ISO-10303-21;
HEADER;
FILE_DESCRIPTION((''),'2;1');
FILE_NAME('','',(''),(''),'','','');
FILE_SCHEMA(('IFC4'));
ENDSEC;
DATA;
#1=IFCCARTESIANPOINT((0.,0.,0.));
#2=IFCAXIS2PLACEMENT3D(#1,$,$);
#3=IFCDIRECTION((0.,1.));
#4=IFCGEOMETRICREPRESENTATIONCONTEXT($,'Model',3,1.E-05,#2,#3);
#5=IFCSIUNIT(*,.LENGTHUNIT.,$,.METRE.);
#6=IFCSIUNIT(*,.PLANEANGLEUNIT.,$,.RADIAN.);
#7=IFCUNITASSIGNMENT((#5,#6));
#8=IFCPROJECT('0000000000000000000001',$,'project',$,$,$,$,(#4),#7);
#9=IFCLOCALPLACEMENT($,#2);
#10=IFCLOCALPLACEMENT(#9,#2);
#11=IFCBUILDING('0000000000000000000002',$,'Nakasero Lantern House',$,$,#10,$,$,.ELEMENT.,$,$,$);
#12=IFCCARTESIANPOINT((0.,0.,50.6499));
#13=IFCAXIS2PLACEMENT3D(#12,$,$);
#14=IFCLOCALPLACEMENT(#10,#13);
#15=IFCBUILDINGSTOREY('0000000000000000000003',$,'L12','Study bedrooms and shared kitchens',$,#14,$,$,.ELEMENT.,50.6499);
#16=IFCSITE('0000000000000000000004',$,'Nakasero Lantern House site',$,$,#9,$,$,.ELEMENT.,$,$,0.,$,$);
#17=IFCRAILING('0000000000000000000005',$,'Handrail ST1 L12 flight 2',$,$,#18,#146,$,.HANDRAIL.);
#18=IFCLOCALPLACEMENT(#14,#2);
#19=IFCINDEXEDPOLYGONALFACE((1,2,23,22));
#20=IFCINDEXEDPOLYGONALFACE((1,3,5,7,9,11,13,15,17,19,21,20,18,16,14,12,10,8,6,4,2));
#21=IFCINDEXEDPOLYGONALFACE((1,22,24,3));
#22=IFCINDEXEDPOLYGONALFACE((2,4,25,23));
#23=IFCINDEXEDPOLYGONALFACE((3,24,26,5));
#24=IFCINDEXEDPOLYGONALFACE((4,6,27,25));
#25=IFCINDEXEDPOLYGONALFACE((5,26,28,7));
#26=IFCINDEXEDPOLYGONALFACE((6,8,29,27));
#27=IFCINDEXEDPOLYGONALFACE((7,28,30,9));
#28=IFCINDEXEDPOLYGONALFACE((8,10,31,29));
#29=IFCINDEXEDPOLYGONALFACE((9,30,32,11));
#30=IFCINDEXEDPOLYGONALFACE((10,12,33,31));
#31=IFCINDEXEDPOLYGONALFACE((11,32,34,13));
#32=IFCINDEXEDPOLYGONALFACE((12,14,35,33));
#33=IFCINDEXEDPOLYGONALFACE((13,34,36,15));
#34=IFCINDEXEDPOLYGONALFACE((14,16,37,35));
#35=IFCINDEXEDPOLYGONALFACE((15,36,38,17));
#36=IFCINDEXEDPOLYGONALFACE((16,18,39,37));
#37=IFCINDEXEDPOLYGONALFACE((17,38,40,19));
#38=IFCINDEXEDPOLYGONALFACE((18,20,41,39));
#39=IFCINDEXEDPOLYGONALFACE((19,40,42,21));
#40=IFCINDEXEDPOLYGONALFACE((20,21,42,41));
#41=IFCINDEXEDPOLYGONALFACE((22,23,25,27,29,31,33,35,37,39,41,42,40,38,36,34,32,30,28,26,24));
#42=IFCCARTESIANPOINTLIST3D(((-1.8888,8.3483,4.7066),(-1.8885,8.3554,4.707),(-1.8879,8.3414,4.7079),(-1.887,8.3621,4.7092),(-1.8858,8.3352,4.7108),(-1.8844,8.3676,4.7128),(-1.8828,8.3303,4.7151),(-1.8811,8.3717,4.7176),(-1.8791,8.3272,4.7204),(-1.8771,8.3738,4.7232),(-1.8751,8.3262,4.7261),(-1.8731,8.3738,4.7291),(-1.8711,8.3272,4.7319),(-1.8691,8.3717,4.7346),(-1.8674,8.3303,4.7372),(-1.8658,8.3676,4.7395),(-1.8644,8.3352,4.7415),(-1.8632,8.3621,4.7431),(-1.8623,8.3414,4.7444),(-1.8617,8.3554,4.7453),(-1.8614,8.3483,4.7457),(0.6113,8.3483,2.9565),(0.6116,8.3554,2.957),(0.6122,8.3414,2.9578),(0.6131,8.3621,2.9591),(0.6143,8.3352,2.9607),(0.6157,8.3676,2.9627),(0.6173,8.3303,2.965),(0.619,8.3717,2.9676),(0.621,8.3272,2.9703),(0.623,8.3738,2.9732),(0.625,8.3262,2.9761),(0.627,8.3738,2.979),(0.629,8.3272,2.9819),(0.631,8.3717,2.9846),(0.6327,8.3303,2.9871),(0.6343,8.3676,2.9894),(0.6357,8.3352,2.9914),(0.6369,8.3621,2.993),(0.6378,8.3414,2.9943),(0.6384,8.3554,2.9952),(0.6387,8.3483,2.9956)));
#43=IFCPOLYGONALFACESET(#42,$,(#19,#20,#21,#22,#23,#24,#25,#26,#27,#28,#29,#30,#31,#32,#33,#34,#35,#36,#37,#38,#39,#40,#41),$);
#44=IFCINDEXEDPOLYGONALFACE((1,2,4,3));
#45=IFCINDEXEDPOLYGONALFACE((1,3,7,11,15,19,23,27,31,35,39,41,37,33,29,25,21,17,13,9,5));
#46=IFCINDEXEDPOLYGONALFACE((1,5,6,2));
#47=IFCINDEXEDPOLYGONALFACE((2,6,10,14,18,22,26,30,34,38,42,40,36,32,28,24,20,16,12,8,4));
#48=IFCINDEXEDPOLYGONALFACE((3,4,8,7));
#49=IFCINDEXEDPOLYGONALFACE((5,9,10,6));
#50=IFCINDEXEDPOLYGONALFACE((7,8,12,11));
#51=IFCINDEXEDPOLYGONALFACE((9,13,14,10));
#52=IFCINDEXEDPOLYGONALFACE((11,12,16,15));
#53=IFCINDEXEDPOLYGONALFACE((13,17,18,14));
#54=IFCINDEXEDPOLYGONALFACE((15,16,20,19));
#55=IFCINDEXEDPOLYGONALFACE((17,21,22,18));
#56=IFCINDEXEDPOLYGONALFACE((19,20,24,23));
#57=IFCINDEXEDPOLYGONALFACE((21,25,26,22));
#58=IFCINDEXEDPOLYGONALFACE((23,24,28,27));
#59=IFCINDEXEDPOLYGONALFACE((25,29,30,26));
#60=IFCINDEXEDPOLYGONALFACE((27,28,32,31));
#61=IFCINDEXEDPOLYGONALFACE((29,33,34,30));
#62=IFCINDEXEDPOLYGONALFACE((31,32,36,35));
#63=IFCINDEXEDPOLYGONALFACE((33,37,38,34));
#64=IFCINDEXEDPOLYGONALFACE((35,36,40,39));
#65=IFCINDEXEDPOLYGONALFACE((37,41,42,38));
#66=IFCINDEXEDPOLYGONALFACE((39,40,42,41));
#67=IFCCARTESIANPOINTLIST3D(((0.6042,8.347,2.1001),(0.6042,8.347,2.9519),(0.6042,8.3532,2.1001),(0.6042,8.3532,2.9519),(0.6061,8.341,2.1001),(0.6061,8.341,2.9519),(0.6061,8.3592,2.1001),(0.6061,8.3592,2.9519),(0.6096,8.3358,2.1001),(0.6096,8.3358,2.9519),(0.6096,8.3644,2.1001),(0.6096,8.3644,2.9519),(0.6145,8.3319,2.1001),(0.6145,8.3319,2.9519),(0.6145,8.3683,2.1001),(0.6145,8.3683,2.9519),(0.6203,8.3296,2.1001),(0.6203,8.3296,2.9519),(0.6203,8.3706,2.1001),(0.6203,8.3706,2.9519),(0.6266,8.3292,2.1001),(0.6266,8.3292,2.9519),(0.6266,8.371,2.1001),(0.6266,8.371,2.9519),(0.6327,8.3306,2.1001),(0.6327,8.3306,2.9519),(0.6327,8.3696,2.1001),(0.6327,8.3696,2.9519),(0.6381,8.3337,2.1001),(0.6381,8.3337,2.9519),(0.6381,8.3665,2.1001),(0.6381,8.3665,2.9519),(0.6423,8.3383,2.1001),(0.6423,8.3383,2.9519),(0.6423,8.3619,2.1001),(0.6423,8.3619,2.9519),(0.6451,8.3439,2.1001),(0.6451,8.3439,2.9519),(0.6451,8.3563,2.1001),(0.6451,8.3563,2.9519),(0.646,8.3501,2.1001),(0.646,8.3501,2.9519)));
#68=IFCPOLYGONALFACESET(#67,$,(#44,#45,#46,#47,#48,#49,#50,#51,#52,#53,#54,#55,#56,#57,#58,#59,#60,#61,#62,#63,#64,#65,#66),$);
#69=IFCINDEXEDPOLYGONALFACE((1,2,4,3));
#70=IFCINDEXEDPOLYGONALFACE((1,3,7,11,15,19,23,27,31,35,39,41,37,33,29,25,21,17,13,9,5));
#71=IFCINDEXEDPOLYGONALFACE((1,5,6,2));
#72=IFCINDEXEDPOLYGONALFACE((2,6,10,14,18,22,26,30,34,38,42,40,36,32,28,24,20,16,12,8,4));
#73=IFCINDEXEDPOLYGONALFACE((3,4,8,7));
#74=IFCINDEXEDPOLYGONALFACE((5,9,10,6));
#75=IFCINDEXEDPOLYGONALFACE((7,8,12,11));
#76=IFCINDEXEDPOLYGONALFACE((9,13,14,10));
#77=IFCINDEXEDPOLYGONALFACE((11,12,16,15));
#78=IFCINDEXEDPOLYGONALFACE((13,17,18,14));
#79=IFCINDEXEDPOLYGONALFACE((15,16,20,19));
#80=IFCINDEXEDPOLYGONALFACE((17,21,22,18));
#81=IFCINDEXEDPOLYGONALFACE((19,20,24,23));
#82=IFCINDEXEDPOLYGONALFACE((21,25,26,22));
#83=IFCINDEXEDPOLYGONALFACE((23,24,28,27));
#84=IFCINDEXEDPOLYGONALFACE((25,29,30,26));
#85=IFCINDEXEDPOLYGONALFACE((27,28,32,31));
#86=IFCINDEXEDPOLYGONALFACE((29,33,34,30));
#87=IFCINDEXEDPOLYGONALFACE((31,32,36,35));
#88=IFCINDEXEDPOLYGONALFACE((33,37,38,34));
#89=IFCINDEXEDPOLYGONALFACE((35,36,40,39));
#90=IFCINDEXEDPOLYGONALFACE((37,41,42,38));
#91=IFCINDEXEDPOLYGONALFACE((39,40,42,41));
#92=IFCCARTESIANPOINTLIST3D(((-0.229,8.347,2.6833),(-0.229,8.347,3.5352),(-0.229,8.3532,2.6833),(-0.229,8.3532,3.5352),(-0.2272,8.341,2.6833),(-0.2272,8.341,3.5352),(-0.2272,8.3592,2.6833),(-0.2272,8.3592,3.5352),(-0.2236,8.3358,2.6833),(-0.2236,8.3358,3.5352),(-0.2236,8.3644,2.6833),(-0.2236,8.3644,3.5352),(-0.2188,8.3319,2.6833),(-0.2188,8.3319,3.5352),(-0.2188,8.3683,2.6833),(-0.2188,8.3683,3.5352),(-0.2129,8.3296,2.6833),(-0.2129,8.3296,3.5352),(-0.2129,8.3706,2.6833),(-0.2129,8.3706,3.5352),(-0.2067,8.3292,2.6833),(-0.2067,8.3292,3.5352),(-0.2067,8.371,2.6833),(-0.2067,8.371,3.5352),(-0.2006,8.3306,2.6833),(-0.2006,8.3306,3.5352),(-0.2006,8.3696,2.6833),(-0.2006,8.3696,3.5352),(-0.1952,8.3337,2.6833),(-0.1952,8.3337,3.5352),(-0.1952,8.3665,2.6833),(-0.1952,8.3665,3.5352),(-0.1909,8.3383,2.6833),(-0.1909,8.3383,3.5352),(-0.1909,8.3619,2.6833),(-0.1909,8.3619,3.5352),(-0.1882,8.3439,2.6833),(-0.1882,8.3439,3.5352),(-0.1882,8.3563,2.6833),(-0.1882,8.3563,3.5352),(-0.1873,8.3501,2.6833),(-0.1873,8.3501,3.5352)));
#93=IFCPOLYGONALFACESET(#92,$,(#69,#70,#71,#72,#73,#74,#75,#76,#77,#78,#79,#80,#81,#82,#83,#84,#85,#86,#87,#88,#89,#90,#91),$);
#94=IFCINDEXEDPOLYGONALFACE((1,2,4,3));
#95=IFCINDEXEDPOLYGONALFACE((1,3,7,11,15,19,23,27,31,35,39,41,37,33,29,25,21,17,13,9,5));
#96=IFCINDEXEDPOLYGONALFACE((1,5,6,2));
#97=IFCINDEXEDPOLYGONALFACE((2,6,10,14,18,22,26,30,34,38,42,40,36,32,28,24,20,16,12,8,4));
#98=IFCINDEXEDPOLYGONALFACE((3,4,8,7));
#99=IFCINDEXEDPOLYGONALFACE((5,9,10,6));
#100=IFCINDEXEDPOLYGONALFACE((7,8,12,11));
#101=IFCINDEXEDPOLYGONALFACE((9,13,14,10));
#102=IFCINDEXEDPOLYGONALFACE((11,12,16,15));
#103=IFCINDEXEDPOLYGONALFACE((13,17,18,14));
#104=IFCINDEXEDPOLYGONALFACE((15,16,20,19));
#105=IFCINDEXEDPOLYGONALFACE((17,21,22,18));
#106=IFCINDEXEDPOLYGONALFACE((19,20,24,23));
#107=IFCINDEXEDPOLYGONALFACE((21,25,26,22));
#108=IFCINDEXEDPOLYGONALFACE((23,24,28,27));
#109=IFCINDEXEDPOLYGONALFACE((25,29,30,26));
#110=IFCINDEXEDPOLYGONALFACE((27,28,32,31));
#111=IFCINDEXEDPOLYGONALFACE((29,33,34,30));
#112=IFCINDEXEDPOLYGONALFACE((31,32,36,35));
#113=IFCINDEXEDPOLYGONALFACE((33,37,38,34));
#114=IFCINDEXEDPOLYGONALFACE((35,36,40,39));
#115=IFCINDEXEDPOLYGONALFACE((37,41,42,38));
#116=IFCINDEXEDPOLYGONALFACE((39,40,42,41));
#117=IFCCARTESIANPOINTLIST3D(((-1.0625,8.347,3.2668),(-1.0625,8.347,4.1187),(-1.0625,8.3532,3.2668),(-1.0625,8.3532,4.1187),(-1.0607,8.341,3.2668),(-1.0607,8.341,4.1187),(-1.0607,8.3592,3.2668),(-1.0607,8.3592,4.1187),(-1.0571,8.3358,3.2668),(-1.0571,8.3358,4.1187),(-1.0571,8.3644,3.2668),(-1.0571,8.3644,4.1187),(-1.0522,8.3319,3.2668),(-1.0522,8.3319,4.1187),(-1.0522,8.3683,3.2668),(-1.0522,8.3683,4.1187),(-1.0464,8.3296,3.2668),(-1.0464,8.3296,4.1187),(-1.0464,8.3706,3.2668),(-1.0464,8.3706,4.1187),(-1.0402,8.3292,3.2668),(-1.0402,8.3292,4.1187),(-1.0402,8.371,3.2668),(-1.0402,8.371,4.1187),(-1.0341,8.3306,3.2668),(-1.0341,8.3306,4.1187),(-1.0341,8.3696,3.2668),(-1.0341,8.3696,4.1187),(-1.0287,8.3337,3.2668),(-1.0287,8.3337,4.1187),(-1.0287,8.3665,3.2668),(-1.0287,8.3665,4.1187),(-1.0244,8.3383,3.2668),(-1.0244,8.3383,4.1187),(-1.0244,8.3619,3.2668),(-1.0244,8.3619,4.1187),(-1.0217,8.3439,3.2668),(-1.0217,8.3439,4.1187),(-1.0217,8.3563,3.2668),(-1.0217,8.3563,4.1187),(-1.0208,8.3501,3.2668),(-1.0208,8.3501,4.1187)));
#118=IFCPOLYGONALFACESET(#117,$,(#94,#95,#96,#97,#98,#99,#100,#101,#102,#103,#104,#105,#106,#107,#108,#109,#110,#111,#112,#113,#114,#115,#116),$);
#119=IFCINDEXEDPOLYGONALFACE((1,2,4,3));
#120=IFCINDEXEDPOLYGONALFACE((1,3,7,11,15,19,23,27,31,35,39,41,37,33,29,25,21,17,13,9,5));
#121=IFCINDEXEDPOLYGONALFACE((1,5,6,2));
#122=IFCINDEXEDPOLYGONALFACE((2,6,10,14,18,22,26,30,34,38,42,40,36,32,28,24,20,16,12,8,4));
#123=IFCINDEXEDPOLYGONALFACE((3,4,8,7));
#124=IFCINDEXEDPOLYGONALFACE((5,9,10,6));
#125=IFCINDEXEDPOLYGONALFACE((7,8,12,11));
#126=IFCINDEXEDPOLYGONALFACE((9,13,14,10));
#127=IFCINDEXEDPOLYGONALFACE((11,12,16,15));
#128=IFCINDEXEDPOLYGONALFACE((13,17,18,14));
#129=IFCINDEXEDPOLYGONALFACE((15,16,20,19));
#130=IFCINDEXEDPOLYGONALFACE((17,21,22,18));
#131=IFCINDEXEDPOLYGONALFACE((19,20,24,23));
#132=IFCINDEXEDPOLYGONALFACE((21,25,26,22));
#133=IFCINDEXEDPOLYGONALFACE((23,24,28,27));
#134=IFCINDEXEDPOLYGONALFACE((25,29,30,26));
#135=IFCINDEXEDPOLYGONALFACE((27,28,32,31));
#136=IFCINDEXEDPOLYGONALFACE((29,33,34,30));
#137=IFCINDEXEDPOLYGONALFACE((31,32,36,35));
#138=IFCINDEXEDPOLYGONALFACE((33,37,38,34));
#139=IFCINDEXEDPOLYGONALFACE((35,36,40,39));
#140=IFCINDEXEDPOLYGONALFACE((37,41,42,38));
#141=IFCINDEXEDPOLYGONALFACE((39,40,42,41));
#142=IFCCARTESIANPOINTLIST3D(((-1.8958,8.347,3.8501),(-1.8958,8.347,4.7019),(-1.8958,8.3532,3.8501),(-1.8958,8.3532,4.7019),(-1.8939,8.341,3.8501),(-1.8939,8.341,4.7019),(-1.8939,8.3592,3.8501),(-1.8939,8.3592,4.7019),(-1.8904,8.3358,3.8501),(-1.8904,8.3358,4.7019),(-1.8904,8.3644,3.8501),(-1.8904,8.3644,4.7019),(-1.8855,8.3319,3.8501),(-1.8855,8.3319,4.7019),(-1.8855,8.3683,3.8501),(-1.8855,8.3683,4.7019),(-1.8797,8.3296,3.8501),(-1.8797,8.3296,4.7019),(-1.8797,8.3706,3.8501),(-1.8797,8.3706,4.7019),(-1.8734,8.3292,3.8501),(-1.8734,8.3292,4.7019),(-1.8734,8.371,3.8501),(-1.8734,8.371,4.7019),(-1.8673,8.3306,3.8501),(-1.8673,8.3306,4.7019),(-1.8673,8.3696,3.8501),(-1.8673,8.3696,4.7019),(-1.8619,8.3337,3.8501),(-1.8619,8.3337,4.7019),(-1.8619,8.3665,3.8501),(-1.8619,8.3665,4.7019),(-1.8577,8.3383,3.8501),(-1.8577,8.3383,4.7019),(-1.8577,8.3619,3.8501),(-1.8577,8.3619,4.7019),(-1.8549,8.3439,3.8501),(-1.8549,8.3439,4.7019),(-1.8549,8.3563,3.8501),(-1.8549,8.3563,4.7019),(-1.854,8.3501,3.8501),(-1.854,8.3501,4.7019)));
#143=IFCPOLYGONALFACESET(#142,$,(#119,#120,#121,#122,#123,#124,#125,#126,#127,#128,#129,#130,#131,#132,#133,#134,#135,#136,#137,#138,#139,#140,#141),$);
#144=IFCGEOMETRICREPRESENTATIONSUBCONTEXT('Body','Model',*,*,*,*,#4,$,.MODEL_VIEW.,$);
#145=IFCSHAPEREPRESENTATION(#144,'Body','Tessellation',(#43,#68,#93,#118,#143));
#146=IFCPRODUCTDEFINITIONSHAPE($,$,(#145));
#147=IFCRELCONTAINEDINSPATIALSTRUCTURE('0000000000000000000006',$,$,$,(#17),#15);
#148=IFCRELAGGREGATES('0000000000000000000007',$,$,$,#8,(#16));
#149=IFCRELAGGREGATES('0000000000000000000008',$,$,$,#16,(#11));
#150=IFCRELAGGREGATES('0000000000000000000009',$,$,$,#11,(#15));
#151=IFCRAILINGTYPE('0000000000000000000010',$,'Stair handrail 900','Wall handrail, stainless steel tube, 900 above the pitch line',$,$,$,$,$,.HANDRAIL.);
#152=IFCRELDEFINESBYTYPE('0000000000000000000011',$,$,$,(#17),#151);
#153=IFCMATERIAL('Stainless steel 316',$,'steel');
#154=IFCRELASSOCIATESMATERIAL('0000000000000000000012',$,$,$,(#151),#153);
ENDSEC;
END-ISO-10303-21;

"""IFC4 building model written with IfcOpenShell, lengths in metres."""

from ifc_helpers import new_model, si_unit, direction, frame, origin, origin_2d, place, context, subcontext, project, spatial, circle, extrude, material, type_object, element, save


model = new_model("IFC4")

# Units and contexts
model_context = context("Model", 3, precision=1e-05, world=origin(), true_north=direction((0.0, 1.0)))
body_context = subcontext(model_context, "Body", "Model", "MODEL_VIEW")
ifc_project = project(units=[si_unit("LENGTHUNIT", "METRE"), si_unit("PLANEANGLEUNIT", "RADIAN")], contexts=[model_context])

# Site, building, storey
site_placement = place(None, origin())
site = spatial("IfcSite", under=ifc_project, at=site_placement, Name="Nakasero Lantern House site", CompositionType="ELEMENT", RefElevation=0.0)
building_placement = place(site_placement, origin())
building = spatial("IfcBuilding", under=site, at=building_placement, Name="Nakasero Lantern House", CompositionType="ELEMENT")
storey_placement = place(building_placement, frame((0.0, 0.0, 50.6499)))
storey = spatial("IfcBuildingStorey", under=building, at=storey_placement, Name="L12", Description="Study bedrooms and shared kitchens", CompositionType="ELEMENT", Elevation=50.6499)

# Railing
ifc_material_1 = material(Name="Stainless steel 316", Category="steel")
railing_type = type_object("IfcRailingType", Name="Stair handrail 900", Description="Wall handrail, stainless steel tube, 900 above the pitch line", PredefinedType="HANDRAIL", material=ifc_material_1)
railing_placement = place(storey_placement, frame((0.625, 8.3501, 2.1001)))
element("IfcRailing", 1, at=railing_placement, inside=storey, type_object=railing_type, Name="Handrail ST1 L12 flight 2", PredefinedType="HANDRAIL", context=body_context, shape_type="SweptSolid", body=[
    extrude(circle(Radius=0.0239, at=origin_2d()), frame((0.0, 0.0, 0.876), z_axis=(-0.819232, 0.0, 0.573462), x_axis=(0.0, -1.0, 0.0)), (0.0, 0.0, 1.0), 3.0518),
    extrude(circle(Radius=0.021, at=origin_2d()), origin(), (0.0, 0.0, 1.0), 0.8518),
    extrude(circle(Radius=0.021, at=origin_2d()), frame((-0.8333, 0.0, 0.5833)), (0.0, 0.0, 1.0), 0.8518),
    extrude(circle(Radius=0.021, at=origin_2d()), frame((-1.6667, 0.0, 1.1667)), (0.0, 0.0, 1.0), 0.8518),
    extrude(circle(Radius=0.021, at=origin_2d()), frame((-2.5, 0.0, 1.75)), (0.0, 0.0, 1.0), 0.8518),
])

save(model, "model.ifc")
